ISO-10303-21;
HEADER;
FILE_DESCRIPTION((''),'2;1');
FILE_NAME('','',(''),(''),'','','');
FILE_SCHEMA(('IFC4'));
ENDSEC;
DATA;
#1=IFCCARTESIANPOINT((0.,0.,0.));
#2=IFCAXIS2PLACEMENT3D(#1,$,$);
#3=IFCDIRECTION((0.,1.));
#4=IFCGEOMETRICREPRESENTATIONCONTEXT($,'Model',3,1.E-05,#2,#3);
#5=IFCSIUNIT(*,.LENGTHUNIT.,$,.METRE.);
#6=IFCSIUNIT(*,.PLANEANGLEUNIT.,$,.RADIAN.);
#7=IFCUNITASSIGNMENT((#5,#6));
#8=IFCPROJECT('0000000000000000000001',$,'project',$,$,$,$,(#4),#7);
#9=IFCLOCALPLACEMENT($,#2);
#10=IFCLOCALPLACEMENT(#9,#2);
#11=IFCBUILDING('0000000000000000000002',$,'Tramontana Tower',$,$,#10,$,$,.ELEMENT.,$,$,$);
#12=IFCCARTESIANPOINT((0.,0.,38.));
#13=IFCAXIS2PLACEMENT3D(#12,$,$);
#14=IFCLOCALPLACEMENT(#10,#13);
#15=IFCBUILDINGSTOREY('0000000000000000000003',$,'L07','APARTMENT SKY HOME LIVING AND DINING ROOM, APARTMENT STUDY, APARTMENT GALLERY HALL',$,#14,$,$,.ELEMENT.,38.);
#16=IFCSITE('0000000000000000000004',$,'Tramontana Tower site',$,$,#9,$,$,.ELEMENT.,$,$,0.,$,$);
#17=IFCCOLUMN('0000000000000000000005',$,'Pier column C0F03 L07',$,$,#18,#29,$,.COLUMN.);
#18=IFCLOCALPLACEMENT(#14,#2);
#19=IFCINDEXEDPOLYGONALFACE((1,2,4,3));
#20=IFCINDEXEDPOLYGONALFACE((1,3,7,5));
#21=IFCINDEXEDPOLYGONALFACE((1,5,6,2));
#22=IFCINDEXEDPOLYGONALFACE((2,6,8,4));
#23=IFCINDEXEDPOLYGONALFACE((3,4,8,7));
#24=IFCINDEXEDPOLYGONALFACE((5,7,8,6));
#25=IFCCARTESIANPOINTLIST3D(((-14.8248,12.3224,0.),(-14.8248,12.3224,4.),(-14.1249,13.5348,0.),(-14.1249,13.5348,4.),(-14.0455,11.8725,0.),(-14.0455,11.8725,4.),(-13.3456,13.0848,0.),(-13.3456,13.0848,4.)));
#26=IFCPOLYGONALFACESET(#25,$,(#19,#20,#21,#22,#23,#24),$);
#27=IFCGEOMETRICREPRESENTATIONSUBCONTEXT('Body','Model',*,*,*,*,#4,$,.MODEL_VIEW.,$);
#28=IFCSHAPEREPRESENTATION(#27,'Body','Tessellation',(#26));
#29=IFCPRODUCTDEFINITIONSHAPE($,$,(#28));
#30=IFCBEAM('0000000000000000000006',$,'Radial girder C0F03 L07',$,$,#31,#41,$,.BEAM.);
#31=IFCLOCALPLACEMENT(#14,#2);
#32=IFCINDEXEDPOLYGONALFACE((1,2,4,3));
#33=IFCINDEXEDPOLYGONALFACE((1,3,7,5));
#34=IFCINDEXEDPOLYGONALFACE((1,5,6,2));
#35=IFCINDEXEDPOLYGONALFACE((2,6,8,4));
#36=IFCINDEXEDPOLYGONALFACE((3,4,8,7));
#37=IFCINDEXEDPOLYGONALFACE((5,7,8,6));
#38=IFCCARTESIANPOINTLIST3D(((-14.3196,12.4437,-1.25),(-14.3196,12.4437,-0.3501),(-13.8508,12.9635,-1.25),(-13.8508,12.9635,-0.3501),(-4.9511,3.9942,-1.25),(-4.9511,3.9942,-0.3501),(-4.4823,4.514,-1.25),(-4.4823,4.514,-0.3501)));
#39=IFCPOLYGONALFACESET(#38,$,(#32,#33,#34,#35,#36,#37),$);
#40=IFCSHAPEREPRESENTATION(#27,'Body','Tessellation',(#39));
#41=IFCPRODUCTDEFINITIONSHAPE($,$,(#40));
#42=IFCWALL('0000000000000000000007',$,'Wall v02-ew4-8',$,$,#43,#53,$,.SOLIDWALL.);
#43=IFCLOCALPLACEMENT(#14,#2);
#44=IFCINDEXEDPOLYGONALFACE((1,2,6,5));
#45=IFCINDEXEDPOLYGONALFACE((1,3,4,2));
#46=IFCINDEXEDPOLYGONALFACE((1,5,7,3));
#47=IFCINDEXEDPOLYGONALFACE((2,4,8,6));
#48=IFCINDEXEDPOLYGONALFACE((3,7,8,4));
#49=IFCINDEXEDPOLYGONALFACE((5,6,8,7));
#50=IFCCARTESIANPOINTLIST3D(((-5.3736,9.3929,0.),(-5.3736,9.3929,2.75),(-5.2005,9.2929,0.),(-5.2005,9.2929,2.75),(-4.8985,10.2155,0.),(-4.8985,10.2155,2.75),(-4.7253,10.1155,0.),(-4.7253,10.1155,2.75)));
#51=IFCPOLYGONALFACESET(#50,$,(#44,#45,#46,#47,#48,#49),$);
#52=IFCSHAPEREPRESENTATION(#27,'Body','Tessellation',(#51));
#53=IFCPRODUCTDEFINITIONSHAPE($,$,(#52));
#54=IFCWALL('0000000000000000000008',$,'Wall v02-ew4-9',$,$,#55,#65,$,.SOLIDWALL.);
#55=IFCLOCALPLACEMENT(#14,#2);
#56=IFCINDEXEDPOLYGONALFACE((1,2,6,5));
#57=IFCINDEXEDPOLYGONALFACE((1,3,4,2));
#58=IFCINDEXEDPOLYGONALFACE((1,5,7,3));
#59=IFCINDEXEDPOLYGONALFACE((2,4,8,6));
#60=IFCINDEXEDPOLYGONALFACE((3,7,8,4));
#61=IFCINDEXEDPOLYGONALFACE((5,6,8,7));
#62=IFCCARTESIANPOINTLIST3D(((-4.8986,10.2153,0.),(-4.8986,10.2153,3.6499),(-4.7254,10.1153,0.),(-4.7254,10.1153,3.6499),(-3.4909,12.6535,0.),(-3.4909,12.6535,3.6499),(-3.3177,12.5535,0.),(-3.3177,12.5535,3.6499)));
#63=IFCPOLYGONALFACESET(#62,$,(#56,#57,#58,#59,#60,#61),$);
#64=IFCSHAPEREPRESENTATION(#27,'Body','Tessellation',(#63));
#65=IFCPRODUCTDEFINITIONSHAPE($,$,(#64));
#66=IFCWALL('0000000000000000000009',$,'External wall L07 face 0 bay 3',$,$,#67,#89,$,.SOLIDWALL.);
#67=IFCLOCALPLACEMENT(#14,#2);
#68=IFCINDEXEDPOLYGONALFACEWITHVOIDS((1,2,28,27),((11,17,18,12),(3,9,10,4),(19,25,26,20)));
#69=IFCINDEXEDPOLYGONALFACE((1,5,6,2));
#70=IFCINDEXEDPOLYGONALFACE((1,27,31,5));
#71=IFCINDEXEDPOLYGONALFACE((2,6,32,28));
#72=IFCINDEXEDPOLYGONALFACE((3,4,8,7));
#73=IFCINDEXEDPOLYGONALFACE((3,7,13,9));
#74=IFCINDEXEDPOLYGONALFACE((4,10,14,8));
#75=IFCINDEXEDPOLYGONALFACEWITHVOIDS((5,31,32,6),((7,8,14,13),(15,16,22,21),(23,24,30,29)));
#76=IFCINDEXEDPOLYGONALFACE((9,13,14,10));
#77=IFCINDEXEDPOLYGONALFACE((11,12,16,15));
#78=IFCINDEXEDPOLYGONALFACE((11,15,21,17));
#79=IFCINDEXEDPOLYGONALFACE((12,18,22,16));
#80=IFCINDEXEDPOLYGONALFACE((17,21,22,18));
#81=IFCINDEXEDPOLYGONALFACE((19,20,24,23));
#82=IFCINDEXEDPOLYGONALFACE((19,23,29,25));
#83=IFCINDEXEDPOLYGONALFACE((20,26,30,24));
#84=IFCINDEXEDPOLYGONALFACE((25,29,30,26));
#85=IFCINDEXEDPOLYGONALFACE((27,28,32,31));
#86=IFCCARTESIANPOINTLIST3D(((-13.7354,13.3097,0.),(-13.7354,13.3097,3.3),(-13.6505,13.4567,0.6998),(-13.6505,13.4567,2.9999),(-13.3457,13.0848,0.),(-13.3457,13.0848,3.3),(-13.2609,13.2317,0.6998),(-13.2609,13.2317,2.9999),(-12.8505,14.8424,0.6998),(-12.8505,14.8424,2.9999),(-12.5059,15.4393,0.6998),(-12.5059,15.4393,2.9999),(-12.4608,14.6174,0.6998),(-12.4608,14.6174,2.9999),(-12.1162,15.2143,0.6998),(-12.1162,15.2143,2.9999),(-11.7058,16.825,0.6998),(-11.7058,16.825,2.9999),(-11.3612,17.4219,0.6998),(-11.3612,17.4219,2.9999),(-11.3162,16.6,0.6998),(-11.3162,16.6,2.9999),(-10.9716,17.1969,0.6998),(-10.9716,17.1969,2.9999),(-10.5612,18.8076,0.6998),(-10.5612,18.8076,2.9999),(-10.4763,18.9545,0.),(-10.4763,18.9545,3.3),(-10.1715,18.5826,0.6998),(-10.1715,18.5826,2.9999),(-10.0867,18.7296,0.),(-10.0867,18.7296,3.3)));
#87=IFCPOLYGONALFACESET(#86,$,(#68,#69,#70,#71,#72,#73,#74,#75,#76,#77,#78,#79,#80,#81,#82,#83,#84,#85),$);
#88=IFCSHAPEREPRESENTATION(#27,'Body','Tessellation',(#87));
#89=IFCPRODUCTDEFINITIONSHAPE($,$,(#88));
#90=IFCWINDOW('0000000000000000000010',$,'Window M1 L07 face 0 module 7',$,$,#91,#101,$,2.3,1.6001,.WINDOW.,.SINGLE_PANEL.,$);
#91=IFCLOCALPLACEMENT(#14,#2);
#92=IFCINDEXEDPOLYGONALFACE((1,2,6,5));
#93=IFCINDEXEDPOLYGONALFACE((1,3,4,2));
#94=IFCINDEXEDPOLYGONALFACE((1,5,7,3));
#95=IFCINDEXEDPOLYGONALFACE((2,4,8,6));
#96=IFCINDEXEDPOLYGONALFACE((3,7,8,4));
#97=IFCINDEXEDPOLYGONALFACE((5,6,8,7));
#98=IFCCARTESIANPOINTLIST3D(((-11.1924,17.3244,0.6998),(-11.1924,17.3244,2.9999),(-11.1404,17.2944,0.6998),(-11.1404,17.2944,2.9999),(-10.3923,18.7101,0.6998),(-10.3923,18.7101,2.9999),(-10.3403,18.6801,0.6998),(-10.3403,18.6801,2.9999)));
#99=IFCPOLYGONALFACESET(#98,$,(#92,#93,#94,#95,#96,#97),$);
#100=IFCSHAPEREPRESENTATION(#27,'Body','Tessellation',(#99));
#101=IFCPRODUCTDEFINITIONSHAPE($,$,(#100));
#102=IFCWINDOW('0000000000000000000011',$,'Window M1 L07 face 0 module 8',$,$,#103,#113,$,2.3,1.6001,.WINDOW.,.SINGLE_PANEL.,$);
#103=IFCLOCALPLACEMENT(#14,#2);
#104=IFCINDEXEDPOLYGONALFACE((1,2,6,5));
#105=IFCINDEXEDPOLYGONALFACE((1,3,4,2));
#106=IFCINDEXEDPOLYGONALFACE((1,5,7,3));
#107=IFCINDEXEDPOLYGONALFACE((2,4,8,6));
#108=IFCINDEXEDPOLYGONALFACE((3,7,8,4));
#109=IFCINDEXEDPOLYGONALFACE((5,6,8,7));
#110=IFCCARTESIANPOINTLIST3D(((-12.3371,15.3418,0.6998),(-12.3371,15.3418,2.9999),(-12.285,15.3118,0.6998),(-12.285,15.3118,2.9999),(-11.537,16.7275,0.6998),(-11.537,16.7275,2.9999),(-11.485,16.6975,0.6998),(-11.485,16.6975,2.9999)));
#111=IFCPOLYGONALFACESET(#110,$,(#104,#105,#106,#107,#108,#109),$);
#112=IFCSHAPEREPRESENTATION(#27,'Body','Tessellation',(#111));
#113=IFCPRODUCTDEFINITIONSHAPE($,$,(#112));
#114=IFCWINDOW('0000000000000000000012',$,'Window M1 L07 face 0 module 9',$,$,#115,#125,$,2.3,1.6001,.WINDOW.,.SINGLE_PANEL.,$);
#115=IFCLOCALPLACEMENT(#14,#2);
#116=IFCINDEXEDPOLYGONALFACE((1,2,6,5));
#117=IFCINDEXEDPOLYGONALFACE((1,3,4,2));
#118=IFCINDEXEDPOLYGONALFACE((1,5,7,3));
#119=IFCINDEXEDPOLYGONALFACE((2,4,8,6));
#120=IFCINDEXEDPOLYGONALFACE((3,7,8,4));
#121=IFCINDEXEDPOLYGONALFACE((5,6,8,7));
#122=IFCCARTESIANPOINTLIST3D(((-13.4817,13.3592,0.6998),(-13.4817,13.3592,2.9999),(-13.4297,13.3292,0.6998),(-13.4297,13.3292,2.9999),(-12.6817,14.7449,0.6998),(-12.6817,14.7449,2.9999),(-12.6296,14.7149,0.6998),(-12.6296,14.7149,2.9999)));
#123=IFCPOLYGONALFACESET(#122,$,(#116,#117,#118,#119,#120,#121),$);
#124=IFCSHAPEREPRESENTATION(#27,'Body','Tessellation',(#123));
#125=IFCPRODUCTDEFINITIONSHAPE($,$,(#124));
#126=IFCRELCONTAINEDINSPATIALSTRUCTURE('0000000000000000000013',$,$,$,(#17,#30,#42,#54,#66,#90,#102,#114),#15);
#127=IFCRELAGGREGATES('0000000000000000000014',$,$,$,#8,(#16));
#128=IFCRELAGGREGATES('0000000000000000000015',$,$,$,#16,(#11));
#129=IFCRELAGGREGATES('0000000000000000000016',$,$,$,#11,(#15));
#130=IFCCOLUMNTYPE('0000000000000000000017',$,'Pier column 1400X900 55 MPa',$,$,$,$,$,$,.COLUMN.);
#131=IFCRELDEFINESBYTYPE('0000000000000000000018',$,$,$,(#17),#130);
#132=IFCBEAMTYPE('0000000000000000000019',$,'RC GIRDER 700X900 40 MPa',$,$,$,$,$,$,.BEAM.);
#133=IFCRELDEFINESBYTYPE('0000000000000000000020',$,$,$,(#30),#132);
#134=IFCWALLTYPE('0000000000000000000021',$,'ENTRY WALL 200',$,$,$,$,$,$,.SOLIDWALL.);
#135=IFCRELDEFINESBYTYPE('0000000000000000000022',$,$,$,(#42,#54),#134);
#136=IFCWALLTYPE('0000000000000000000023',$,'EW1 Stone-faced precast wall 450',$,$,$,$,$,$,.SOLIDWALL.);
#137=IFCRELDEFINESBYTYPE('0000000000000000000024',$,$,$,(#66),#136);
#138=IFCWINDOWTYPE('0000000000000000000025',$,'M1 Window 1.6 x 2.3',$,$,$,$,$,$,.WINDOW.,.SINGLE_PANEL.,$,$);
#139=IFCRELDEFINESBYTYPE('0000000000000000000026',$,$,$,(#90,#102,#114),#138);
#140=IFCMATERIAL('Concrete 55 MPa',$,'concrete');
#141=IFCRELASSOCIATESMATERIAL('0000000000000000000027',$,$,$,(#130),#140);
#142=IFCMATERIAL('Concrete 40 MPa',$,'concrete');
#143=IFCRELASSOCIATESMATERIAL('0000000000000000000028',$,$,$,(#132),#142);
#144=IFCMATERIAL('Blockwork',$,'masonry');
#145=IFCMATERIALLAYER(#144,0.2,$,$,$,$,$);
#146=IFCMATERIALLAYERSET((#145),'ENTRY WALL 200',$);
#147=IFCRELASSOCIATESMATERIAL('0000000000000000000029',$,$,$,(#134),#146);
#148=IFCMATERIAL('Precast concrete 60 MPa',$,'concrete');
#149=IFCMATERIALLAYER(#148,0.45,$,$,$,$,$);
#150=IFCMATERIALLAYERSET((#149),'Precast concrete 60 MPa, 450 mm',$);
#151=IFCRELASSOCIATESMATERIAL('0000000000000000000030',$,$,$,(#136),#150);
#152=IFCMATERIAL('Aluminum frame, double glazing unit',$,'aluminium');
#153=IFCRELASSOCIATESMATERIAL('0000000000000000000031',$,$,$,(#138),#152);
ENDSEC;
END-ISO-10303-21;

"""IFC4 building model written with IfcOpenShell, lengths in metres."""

from ifc_helpers import new_model, si_unit, direction, frame, frame_2d, origin, origin_2d, place, context, subcontext, project, spatial, rectangle, extrude, material, layer, layer_set, material_profile, profile_set, type_object, element, fill, save


model = new_model("IFC4")

# Units and contexts
model_context = context("Model", 3, precision=1e-05, world=origin(), true_north=direction((0.0, 1.0)))
body_context = subcontext(model_context, "Body", "Model", "MODEL_VIEW")
ifc_project = project(units=[si_unit("LENGTHUNIT", "METRE"), si_unit("PLANEANGLEUNIT", "RADIAN")], contexts=[model_context])

# Site, building, storey
site_placement = place(None, origin())
site = spatial("IfcSite", under=ifc_project, at=site_placement, Name="Tramontana Tower site", CompositionType="ELEMENT", RefElevation=0.0)
building_placement = place(site_placement, origin())
building = spatial("IfcBuilding", under=site, at=building_placement, Name="Tramontana Tower", CompositionType="ELEMENT")
storey_placement = place(building_placement, frame((0.0, 0.0, 38.0)))
storey = spatial("IfcBuildingStorey", under=building, at=storey_placement, Name="L07", Description="APARTMENT SKY HOME LIVING AND DINING ROOM, APARTMENT STUDY, APARTMENT GALLERY HALL", CompositionType="ELEMENT", Elevation=38.0)

# Column
ifc_material_1 = material(Name="Concrete 55 MPa", Category="concrete")
ifc_material_profile_1 = material_profile(ifc_material_1, rectangle(XDim=1.3999, YDim=0.8999, at=origin_2d()), Name="Pier column 1400X900 55 MPa")
ifc_profile_set_1 = profile_set([ifc_material_profile_1], Name="Concrete 55 MPa")
column_type = type_object("IfcColumnType", Name="Pier column 1400X900 55 MPa", PredefinedType="COLUMN", material=ifc_profile_set_1)
column_placement = place(storey_placement, frame((-14.0852, 12.7036, 0.0), z_axis=(0.0, 0.0, 1.0), x_axis=(-0.5, -0.866025, 0.0)))
element("IfcColumn", 1, at=column_placement, inside=storey, type_object=column_type, Name="Pier column C0F03 L07", PredefinedType="COLUMN", context=body_context, shape_type="SweptSolid", body=[
    extrude(rectangle(XDim=1.3999, YDim=0.8999, at=origin_2d()), origin(), (0.0, 0.0, 1.0), 4.0),
])

# Beam
ifc_material_2 = material(Name="Concrete 40 MPa", Category="concrete")
ifc_material_profile_2 = material_profile(ifc_material_2, rectangle(XDim=0.7, YDim=0.8999, at=origin_2d()), Name="RC GIRDER 700X900 40 MPa")
ifc_profile_set_2 = profile_set([ifc_material_profile_2], Name="Concrete 40 MPa")
beam_type = type_object("IfcBeamType", Name="RC GIRDER 700X900 40 MPa", PredefinedType="BEAM", material=ifc_profile_set_2)
beam_placement = place(storey_placement, frame((-14.0852, 12.7036, -0.8), z_axis=(0.742588, -0.669748, 0.0), x_axis=(0.669748, 0.742588, 0.0)))
element("IfcBeam", 2, at=beam_placement, inside=storey, type_object=beam_type, Name="Radial girder C0F03 L07", PredefinedType="BEAM", context=body_context, shape_type="SweptSolid", body=[
    extrude(rectangle(XDim=0.7, YDim=0.8999, at=origin_2d()), origin(), (0.0, 0.0, 1.0), 12.616),
])

# Walls
ifc_material_3 = material(Name="Blockwork", Category="masonry")
ifc_layer_1 = layer(ifc_material_3, 0.2)
ifc_layer_set_1 = layer_set([ifc_layer_1], Name="ENTRY WALL 200")
wall_type_1 = type_object("IfcWallType", Name="ENTRY WALL 200", PredefinedType="SOLIDWALL", material=ifc_layer_set_1)
wall_1_placement = place(storey_placement, frame((-5.2871, 9.3428, 0.0), z_axis=(0.0, 0.0, 1.0), x_axis=(0.500175, 0.865924, 0.0)))
element("IfcWall", 3, at=wall_1_placement, inside=storey, type_object=wall_type_1, Name="Wall v02-ew4-8", PredefinedType="SOLIDWALL", context=body_context, shape_type="SweptSolid", body=[
    extrude(rectangle(XDim=0.95, YDim=0.2, at=frame_2d((0.4751, 0.0))), origin(), (0.0, 0.0, 1.0), 2.75),
])
wall_2_placement = place(storey_placement, frame((-4.812, 10.1653, 0.0), z_axis=(0.0, 0.0, 1.0), x_axis=(0.5, 0.866025, 0.0)))
element("IfcWall", 4, at=wall_2_placement, inside=storey, type_object=wall_type_1, Name="Wall v02-ew4-9", PredefinedType="SOLIDWALL", context=body_context, shape_type="SweptSolid", body=[
    extrude(rectangle(XDim=2.8154, YDim=0.2, at=frame_2d((1.4077, 0.0))), origin(), (0.0, 0.0, 1.0), 3.6499),
])

# Wall, openings, windows
ifc_material_4 = material(Name="Precast concrete 60 MPa", Category="concrete")
ifc_layer_2 = layer(ifc_material_4, 0.45)
ifc_layer_set_2 = layer_set([ifc_layer_2], Name="Precast concrete 60 MPa, 450 mm")
wall_type_2 = type_object("IfcWallType", Name="EW1 Stone-faced precast wall 450", PredefinedType="SOLIDWALL", material=ifc_layer_set_2)
wall_3_placement = place(storey_placement, frame((-10.2815, 18.842, 0.0), z_axis=(0.0, 0.0, 1.0), x_axis=(-0.500002, -0.866024, 0.0)))
wall_3 = element("IfcWall", 5, at=wall_3_placement, inside=storey, type_object=wall_type_2, Name="External wall L07 face 0 bay 3", PredefinedType="SOLIDWALL", context=body_context, shape_type="SweptSolid", body=[
    extrude(rectangle(XDim=6.5181, YDim=0.45, at=frame_2d((3.259, 0.0))), origin(), (0.0, 0.0, 1.0), 3.3),
])
opening_1_placement = place(wall_3_placement, frame((0.1697, 0.0, 0.7)))
opening_1 = element("IfcOpeningElement", 6, at=opening_1_placement, cuts=wall_3, PredefinedType="OPENING", context=body_context, shape_type="SweptSolid", body=[
    extrude(rectangle(XDim=1.6001, YDim=2.3, at=frame_2d((0.8, 1.1499))), frame((0.0, 0.2349, 0.0), z_axis=(0.0, -1.0, 0.0), x_axis=(1.0, 0.0, 0.0)), (0.0, 0.0, 1.0), 0.47),
])
opening_2_placement = place(wall_3_placement, frame((2.459, 0.0, 0.7)))
opening_2 = element("IfcOpeningElement", 7, at=opening_2_placement, cuts=wall_3, PredefinedType="OPENING", context=body_context, shape_type="SweptSolid", body=[
    extrude(rectangle(XDim=1.6001, YDim=2.3, at=frame_2d((0.8, 1.1499))), frame((0.0, 0.2349, 0.0), z_axis=(0.0, -1.0, 0.0), x_axis=(1.0, 0.0, 0.0)), (0.0, 0.0, 1.0), 0.47),
])
opening_3_placement = place(wall_3_placement, frame((4.7483, 0.0, 0.7)))
opening_3 = element("IfcOpeningElement", 8, at=opening_3_placement, cuts=wall_3, PredefinedType="OPENING", context=body_context, shape_type="SweptSolid", body=[
    extrude(rectangle(XDim=1.6001, YDim=2.3, at=frame_2d((0.8, 1.1499))), frame((0.0, 0.2349, 0.0), z_axis=(0.0, -1.0, 0.0), x_axis=(1.0, 0.0, 0.0)), (0.0, 0.0, 1.0), 0.47),
])
ifc_material_5 = material(Name="Aluminum frame, double glazing unit", Category="aluminium")
window_type = type_object("IfcWindowType", Name="M1 Window 1.6 x 2.3", PartitioningType="SINGLE_PANEL", PredefinedType="WINDOW", material=ifc_material_5)
window_1_placement = place(opening_1_placement, origin())
window_1 = element("IfcWindow", 9, at=window_1_placement, inside=storey, type_object=window_type, Name="Window M1 L07 face 0 module 7", OverallHeight=2.3, OverallWidth=1.6001, PartitioningType="SINGLE_PANEL", PredefinedType="WINDOW", context=body_context, shape_type="SweptSolid", body=[
    extrude(rectangle(XDim=1.6001, YDim=2.3, at=frame_2d((0.8, 1.1499))), frame((0.0, 0.03, 0.0), z_axis=(0.0, -1.0, 0.0), x_axis=(1.0, 0.0, 0.0)), (0.0, 0.0, 1.0), 0.0601),
])
fill(opening_1, window_1)
window_2_placement = place(opening_2_placement, origin())
window_2 = element("IfcWindow", 10, at=window_2_placement, inside=storey, type_object=window_type, Name="Window M1 L07 face 0 module 8", OverallHeight=2.3, OverallWidth=1.6001, PartitioningType="SINGLE_PANEL", PredefinedType="WINDOW", context=body_context, shape_type="SweptSolid", body=[
    extrude(rectangle(XDim=1.6001, YDim=2.3, at=frame_2d((0.8, 1.1499))), frame((0.0, 0.03, 0.0), z_axis=(0.0, -1.0, 0.0), x_axis=(1.0, 0.0, 0.0)), (0.0, 0.0, 1.0), 0.0601),
])
fill(opening_2, window_2)
window_3_placement = place(opening_3_placement, origin())
window_3 = element("IfcWindow", 11, at=window_3_placement, inside=storey, type_object=window_type, Name="Window M1 L07 face 0 module 9", OverallHeight=2.3, OverallWidth=1.6001, PartitioningType="SINGLE_PANEL", PredefinedType="WINDOW", context=body_context, shape_type="SweptSolid", body=[
    extrude(rectangle(XDim=1.6001, YDim=2.3, at=frame_2d((0.8, 1.1499))), frame((0.0, 0.03, 0.0), z_axis=(0.0, -1.0, 0.0), x_axis=(1.0, 0.0, 0.0)), (0.0, 0.0, 1.0), 0.0601),
])
fill(opening_3, window_3)

save(model, "model.ifc")
